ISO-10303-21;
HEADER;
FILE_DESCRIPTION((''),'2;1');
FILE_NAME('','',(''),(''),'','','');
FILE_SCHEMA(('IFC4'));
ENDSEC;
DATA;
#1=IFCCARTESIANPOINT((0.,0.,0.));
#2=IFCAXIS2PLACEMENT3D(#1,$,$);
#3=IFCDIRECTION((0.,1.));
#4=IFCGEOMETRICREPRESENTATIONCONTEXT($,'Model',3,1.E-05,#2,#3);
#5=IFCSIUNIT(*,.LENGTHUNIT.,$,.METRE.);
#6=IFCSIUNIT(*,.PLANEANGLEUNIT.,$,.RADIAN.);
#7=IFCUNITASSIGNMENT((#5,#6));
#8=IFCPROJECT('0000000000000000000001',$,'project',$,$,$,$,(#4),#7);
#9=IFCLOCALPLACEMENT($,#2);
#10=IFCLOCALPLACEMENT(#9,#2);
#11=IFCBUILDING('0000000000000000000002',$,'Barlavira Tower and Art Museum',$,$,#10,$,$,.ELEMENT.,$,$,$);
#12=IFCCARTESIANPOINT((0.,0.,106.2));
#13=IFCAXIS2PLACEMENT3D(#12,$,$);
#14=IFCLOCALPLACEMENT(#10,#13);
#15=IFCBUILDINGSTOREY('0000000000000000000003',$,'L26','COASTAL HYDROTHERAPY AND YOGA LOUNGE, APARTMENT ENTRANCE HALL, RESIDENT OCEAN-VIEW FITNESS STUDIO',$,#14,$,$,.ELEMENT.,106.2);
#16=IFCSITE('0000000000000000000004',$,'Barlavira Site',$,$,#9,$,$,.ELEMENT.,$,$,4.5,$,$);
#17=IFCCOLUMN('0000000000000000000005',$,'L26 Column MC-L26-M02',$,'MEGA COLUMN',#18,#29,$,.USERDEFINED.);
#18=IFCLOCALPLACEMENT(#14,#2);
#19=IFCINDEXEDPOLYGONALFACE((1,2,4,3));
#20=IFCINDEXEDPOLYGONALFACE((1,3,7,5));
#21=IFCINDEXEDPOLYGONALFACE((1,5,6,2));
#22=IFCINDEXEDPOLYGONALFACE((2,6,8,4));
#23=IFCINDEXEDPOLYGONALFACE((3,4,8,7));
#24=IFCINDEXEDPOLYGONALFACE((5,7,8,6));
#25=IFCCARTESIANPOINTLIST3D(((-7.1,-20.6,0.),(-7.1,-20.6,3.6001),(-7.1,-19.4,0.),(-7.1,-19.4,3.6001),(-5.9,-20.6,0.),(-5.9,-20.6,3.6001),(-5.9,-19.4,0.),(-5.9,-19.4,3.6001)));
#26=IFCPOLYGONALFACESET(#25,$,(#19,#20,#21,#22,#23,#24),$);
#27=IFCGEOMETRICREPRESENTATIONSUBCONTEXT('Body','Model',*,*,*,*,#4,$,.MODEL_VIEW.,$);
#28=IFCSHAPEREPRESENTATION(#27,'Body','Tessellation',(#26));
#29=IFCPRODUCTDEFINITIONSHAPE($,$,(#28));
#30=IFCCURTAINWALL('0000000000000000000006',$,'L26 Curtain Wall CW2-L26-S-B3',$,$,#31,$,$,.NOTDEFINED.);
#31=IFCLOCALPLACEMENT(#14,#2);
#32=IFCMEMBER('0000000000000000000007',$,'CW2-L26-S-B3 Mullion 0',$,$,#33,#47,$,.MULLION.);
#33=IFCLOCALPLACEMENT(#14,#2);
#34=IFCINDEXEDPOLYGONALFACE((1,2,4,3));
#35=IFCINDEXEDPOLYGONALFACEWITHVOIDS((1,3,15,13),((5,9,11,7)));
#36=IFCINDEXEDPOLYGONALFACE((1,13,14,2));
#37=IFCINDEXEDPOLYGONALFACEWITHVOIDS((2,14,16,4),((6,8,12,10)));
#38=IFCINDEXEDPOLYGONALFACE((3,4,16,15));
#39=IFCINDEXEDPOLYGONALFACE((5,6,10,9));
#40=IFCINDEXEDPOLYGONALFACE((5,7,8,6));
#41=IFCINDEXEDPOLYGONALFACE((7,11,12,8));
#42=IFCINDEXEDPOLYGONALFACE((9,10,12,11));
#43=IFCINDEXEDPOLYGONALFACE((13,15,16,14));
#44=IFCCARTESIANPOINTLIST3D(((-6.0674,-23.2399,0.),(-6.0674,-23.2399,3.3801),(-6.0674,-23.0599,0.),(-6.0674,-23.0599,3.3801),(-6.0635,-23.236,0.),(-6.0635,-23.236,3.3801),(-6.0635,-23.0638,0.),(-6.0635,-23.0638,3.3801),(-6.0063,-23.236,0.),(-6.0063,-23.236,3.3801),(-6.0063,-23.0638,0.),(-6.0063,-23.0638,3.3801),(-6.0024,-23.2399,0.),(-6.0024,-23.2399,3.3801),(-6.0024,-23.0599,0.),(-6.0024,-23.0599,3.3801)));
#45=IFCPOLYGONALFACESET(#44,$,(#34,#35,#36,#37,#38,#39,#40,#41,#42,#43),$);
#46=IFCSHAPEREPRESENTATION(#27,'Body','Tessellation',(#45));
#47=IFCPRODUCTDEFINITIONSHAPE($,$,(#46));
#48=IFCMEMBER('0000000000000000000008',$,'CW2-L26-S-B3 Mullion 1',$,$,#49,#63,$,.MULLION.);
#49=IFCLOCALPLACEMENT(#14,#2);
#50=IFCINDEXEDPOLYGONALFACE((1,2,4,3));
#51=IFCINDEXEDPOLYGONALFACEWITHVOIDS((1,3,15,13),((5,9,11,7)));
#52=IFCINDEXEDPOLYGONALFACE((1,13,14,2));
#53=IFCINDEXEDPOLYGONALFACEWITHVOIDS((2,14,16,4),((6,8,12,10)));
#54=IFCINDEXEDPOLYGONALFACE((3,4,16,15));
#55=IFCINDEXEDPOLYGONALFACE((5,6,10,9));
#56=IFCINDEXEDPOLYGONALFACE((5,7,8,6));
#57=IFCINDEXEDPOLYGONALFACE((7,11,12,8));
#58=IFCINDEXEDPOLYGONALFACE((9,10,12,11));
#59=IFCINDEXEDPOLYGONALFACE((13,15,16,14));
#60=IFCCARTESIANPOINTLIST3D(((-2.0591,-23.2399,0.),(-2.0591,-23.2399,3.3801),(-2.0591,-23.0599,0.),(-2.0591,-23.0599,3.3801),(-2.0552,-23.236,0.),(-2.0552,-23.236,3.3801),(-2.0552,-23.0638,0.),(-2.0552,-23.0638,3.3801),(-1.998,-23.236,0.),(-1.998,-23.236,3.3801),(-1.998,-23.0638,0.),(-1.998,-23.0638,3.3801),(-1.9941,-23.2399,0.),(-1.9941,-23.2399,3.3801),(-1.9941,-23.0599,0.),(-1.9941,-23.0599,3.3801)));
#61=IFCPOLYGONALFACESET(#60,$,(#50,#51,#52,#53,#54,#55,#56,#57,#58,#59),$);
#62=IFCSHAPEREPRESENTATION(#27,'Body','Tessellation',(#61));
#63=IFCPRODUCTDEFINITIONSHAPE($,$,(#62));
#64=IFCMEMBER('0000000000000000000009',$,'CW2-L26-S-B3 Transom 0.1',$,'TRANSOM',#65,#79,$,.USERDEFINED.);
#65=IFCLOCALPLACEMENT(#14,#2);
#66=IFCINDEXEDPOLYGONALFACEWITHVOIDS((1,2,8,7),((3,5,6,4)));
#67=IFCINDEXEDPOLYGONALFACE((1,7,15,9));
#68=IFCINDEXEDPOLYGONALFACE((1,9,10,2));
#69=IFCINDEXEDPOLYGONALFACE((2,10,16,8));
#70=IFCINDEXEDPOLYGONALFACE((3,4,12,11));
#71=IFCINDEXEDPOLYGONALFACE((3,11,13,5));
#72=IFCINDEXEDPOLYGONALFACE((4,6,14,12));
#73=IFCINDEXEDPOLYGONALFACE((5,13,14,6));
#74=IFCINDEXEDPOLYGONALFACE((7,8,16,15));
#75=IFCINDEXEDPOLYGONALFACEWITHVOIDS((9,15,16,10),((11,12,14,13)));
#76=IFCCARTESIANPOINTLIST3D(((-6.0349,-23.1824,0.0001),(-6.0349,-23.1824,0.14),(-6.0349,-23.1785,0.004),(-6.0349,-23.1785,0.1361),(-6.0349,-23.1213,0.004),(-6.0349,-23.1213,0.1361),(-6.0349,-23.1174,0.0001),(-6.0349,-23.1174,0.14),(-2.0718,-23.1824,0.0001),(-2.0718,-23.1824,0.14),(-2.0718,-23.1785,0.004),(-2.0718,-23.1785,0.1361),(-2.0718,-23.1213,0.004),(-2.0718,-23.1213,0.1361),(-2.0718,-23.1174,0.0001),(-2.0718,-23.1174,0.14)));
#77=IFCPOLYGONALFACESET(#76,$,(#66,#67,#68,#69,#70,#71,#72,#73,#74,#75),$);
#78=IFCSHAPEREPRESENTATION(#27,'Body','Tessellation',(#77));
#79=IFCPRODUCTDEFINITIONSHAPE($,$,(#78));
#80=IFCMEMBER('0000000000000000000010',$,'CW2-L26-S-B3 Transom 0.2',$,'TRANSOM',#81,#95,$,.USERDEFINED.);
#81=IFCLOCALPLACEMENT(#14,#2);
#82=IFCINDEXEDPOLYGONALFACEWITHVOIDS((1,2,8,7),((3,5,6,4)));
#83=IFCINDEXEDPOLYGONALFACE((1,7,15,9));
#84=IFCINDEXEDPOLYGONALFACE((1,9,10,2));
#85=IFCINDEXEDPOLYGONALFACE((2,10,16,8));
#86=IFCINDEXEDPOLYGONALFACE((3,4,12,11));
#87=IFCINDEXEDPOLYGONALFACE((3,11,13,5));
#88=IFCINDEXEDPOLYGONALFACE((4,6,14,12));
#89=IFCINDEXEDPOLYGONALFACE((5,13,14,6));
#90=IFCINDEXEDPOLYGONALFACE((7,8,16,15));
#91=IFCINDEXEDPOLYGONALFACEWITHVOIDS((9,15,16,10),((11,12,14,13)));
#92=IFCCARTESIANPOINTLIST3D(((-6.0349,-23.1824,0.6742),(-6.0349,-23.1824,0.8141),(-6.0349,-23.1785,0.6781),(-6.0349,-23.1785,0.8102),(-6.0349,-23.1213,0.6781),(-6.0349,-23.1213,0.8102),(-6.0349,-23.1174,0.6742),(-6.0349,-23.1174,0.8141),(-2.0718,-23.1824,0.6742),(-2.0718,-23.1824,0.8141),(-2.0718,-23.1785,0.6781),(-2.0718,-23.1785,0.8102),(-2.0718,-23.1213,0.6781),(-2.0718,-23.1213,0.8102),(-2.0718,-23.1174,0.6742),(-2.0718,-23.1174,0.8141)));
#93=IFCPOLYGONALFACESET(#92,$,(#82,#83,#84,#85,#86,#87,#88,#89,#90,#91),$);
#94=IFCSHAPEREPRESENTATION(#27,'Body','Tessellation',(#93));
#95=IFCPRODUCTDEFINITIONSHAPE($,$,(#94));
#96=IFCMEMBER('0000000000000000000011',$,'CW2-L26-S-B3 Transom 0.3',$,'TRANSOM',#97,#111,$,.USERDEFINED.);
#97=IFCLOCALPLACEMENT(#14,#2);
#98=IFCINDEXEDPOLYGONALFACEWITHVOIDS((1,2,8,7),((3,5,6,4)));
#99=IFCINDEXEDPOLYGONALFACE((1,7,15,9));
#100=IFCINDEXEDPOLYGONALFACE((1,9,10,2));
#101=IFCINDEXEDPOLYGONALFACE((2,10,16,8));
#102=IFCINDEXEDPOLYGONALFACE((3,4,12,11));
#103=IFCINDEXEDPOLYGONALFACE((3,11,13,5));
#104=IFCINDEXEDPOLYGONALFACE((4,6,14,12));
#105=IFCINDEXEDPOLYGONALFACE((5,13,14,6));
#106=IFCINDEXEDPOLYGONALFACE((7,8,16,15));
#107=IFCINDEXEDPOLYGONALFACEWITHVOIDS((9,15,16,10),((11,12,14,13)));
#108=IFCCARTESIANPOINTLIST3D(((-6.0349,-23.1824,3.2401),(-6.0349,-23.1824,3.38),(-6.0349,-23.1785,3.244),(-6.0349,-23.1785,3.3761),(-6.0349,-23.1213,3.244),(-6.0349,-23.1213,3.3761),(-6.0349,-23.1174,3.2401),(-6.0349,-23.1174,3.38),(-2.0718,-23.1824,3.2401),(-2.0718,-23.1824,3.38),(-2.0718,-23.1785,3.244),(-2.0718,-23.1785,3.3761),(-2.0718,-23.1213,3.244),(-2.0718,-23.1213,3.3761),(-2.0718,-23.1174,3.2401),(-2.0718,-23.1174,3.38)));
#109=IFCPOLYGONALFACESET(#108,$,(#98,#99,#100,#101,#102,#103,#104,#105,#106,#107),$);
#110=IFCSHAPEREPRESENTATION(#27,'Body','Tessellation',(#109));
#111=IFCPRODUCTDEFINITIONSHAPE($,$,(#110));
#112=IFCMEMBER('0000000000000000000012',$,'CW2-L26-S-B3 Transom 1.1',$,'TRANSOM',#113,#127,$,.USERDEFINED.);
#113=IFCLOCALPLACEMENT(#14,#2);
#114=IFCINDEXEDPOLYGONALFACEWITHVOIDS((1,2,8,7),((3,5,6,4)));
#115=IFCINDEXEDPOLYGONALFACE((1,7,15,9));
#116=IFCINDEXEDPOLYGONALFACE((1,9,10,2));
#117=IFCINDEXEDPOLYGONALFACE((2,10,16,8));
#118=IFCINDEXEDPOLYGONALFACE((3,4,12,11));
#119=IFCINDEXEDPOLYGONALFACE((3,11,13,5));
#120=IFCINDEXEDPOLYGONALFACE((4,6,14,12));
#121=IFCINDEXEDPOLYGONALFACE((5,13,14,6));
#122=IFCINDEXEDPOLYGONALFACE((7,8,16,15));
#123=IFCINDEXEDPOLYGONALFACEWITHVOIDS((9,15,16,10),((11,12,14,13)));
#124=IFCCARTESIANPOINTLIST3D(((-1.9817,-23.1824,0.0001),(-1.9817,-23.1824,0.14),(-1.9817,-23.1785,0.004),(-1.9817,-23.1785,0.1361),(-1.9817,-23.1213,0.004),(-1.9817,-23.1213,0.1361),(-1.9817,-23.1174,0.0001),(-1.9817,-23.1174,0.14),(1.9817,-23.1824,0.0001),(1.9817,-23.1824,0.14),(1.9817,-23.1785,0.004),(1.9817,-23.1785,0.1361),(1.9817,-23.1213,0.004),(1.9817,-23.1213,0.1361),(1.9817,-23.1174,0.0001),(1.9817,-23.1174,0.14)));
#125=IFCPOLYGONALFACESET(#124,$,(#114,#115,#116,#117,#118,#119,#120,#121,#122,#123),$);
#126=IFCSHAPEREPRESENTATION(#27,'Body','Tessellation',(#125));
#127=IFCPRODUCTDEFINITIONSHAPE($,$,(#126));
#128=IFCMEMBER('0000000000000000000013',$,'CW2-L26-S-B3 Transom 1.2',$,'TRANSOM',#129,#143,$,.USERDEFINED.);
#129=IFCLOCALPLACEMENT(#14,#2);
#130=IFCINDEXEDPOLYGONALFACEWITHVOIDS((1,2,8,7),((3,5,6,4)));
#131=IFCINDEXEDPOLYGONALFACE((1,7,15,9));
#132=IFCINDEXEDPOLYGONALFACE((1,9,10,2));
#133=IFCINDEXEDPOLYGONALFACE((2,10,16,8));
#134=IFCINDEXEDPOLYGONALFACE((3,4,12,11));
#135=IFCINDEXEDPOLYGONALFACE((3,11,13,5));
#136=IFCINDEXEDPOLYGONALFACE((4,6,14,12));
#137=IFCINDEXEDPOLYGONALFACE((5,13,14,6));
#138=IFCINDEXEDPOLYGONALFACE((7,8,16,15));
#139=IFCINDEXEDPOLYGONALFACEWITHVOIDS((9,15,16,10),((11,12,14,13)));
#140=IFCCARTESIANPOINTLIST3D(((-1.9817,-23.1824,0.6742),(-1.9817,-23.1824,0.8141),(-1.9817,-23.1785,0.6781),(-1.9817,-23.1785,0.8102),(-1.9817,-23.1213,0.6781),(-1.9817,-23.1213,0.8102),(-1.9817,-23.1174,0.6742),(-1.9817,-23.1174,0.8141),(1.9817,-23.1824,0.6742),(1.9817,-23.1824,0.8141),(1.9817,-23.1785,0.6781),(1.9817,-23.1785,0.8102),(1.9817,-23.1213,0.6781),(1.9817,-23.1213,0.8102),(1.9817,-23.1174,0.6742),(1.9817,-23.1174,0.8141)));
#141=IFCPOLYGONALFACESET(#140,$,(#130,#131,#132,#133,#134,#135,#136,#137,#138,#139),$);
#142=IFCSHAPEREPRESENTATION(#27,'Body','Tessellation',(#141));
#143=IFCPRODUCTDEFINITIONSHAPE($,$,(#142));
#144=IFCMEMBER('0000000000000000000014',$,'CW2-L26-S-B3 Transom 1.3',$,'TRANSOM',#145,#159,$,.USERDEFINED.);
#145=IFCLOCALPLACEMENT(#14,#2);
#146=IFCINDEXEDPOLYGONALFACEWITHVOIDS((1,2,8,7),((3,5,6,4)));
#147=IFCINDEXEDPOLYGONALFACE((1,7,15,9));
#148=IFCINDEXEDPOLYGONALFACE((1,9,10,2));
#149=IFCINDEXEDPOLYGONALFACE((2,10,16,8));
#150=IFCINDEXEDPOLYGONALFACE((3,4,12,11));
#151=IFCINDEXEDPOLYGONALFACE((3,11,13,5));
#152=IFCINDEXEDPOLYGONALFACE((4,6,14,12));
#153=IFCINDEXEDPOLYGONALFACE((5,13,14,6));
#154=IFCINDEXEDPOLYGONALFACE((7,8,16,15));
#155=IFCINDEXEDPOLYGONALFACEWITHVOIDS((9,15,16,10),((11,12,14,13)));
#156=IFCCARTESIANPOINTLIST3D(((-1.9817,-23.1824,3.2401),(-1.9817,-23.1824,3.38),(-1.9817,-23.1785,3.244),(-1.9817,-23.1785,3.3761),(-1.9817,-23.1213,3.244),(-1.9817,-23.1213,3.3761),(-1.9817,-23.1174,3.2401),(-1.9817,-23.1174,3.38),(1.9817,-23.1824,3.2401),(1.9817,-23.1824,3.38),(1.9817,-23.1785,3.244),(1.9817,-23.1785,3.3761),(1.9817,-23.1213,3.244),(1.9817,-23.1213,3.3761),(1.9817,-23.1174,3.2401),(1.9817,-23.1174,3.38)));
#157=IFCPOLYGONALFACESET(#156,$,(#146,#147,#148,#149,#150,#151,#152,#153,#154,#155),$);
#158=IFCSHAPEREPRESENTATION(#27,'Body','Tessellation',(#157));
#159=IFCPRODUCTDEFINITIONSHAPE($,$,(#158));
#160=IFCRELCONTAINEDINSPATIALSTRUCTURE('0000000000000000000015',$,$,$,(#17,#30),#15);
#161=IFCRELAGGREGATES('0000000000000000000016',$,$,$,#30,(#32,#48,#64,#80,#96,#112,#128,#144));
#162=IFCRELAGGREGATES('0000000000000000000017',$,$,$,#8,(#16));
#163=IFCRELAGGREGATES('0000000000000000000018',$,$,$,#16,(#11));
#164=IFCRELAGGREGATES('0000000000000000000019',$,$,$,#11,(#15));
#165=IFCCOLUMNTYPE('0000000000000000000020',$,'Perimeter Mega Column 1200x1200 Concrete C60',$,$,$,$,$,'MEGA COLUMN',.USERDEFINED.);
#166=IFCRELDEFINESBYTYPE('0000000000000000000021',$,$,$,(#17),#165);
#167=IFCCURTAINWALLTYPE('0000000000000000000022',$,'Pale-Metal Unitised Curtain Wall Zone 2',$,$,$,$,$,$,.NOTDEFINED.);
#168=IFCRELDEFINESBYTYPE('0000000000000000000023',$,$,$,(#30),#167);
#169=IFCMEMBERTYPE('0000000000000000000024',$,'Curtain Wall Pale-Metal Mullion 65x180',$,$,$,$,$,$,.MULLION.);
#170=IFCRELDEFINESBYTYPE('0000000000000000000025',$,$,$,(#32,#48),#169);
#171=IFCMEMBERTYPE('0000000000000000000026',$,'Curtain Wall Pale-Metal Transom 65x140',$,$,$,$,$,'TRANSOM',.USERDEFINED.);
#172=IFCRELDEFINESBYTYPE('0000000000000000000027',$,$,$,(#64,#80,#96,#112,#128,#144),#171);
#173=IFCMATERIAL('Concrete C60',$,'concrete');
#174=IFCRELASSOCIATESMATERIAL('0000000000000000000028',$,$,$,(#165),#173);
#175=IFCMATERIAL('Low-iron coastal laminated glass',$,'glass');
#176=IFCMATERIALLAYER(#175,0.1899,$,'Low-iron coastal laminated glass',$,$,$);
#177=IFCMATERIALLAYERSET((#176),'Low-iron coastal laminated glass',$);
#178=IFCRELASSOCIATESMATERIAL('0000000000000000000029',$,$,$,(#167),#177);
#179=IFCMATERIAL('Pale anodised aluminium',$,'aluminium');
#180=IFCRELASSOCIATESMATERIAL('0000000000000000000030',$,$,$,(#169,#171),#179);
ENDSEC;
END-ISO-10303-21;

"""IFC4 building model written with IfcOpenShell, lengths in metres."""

from ifc_helpers import new_model, si_unit, direction, frame, origin, origin_2d, place, context, subcontext, project, spatial, rectangle, hollow_rectangle, extrude, material, layer, layer_set, material_profile, profile_set, type_object, element, aggregate, save


model = new_model("IFC4")

# Units and contexts
model_context = context("Model", 3, precision=1e-05, world=origin(), true_north=direction((0.0, 1.0)))
body_context = subcontext(model_context, "Body", "Model", "MODEL_VIEW")
ifc_project = project(units=[si_unit("LENGTHUNIT", "METRE"), si_unit("PLANEANGLEUNIT", "RADIAN")], contexts=[model_context])

# Site, building, storey
site_placement = place(None, origin())
site = spatial("IfcSite", under=ifc_project, at=site_placement, Name="Barlavira Site", CompositionType="ELEMENT", RefElevation=4.5)
building_placement = place(site_placement, origin())
building = spatial("IfcBuilding", under=site, at=building_placement, Name="Barlavira Tower and Art Museum", CompositionType="ELEMENT")
storey_placement = place(building_placement, frame((0.0, 0.0, 106.2)))
storey = spatial("IfcBuildingStorey", under=building, at=storey_placement, Name="L26", Description="COASTAL HYDROTHERAPY AND YOGA LOUNGE, APARTMENT ENTRANCE HALL, RESIDENT OCEAN-VIEW FITNESS STUDIO", CompositionType="ELEMENT", Elevation=106.2)

# Column
ifc_material_1 = material(Name="Concrete C60", Category="concrete")
ifc_material_profile_1 = material_profile(ifc_material_1, rectangle(XDim=1.2, YDim=1.2, at=origin_2d()), Name="RC-COL 1200x1200")
ifc_profile_set_1 = profile_set([ifc_material_profile_1], Name="Concrete C60")
column_type = type_object("IfcColumnType", Name="Perimeter Mega Column 1200x1200 Concrete C60", ElementType="MEGA COLUMN", PredefinedType="USERDEFINED", material=ifc_profile_set_1)
column_placement = place(storey_placement, frame((-6.5, -20.0, 0.0), z_axis=(0.0, 0.0, 1.0), x_axis=(1.0, 0.0, 0.0)))
element("IfcColumn", 1, at=column_placement, inside=storey, type_object=column_type, Name="L26 Column MC-L26-M02", ObjectType="MEGA COLUMN", PredefinedType="USERDEFINED", context=body_context, shape_type="SweptSolid", body=[
    extrude(rectangle(XDim=1.2, YDim=1.2, at=origin_2d()), origin(), (0.0, 0.0, 1.0), 3.6001),
])

# Curtain wall, members
ifc_material_2 = material(Name="Low-iron coastal laminated glass", Category="glass")
ifc_layer_1 = layer(ifc_material_2, 0.1899, Name="Low-iron coastal laminated glass")
ifc_layer_set_1 = layer_set([ifc_layer_1], Name="Low-iron coastal laminated glass")
curtain_wall_type = type_object("IfcCurtainWallType", Name="Pale-Metal Unitised Curtain Wall Zone 2", PredefinedType="NOTDEFINED", material=ifc_layer_set_1)
curtain_wall_placement = place(storey_placement, origin())
curtain_wall = element("IfcCurtainWall", 2, at=curtain_wall_placement, inside=storey, type_object=curtain_wall_type, Name="L26 Curtain Wall CW2-L26-S-B3", PredefinedType="NOTDEFINED")
ifc_material_3 = material(Name="Pale anodised aluminium", Category="aluminium")
ifc_material_profile_2 = material_profile(ifc_material_3, hollow_rectangle(XDim=0.0649, YDim=0.1799, WallThickness=0.0039, at=origin_2d()), Name="ALU-MULL 65x180x4")
ifc_profile_set_2 = profile_set([ifc_material_profile_2], Name="Pale anodised aluminium")
member_type_1 = type_object("IfcMemberType", Name="Curtain Wall Pale-Metal Mullion 65x180", PredefinedType="MULLION", material=ifc_profile_set_2)
member_1_placement = place(storey_placement, frame((-6.0349, -23.1499, 0.0), z_axis=(0.0, 0.0, 1.0), x_axis=(1.0, 0.0, 0.0)))
member_1 = element("IfcMember", 3, at=member_1_placement, type_object=member_type_1, Name="CW2-L26-S-B3 Mullion 0", PredefinedType="MULLION", context=body_context, shape_type="SweptSolid", body=[
    extrude(hollow_rectangle(XDim=0.0649, YDim=0.1799, WallThickness=0.0039, at=origin_2d()), origin(), (0.0, 0.0, 1.0), 3.3801),
])
member_2_placement = place(storey_placement, frame((-2.0266, -23.1499, 0.0), z_axis=(0.0, 0.0, 1.0), x_axis=(1.0, 0.0, 0.0)))
member_2 = element("IfcMember", 4, at=member_2_placement, type_object=member_type_1, Name="CW2-L26-S-B3 Mullion 1", PredefinedType="MULLION", context=body_context, shape_type="SweptSolid", body=[
    extrude(hollow_rectangle(XDim=0.0649, YDim=0.1799, WallThickness=0.0039, at=origin_2d()), origin(), (0.0, 0.0, 1.0), 3.3801),
])
ifc_material_profile_3 = material_profile(ifc_material_3, hollow_rectangle(XDim=0.0649, YDim=0.1399, WallThickness=0.0039, at=origin_2d()), Name="ALU-TRAN 65x140x4")
ifc_profile_set_3 = profile_set([ifc_material_profile_3], Name="Pale anodised aluminium")
member_type_2 = type_object("IfcMemberType", Name="Curtain Wall Pale-Metal Transom 65x140", ElementType="TRANSOM", PredefinedType="USERDEFINED", material=ifc_profile_set_3)
member_3_placement = place(storey_placement, frame((-6.0349, -23.1499, 0.0701), z_axis=(1.0, 0.0, 0.0), x_axis=(0.0, 1.0, 0.0)))
member_3 = element("IfcMember", 5, at=member_3_placement, type_object=member_type_2, Name="CW2-L26-S-B3 Transom 0.1", ObjectType="TRANSOM", PredefinedType="USERDEFINED", context=body_context, shape_type="SweptSolid", body=[
    extrude(hollow_rectangle(XDim=0.0649, YDim=0.1399, WallThickness=0.0039, at=origin_2d()), origin(), (0.0, 0.0, 1.0), 3.9631),
])
member_4_placement = place(storey_placement, frame((-6.0349, -23.1499, 0.7441), z_axis=(1.0, 0.0, 0.0), x_axis=(0.0, 1.0, 0.0)))
member_4 = element("IfcMember", 6, at=member_4_placement, type_object=member_type_2, Name="CW2-L26-S-B3 Transom 0.2", ObjectType="TRANSOM", PredefinedType="USERDEFINED", context=body_context, shape_type="SweptSolid", body=[
    extrude(hollow_rectangle(XDim=0.0649, YDim=0.1399, WallThickness=0.0039, at=origin_2d()), origin(), (0.0, 0.0, 1.0), 3.9631),
])
member_5_placement = place(storey_placement, frame((-6.0349, -23.1499, 3.3101), z_axis=(1.0, 0.0, 0.0), x_axis=(0.0, 1.0, 0.0)))
member_5 = element("IfcMember", 7, at=member_5_placement, type_object=member_type_2, Name="CW2-L26-S-B3 Transom 0.3", ObjectType="TRANSOM", PredefinedType="USERDEFINED", context=body_context, shape_type="SweptSolid", body=[
    extrude(hollow_rectangle(XDim=0.0649, YDim=0.1399, WallThickness=0.0039, at=origin_2d()), origin(), (0.0, 0.0, 1.0), 3.9631),
])
member_6_placement = place(storey_placement, frame((-1.9817, -23.1499, 0.0701), z_axis=(1.0, 0.0, 0.0), x_axis=(0.0, 1.0, 0.0)))
member_6 = element("IfcMember", 8, at=member_6_placement, type_object=member_type_2, Name="CW2-L26-S-B3 Transom 1.1", ObjectType="TRANSOM", PredefinedType="USERDEFINED", context=body_context, shape_type="SweptSolid", body=[
    extrude(hollow_rectangle(XDim=0.0649, YDim=0.1399, WallThickness=0.0039, at=origin_2d()), origin(), (0.0, 0.0, 1.0), 3.9634),
])
member_7_placement = place(storey_placement, frame((-1.9817, -23.1499, 0.7441), z_axis=(1.0, 0.0, 0.0), x_axis=(0.0, 1.0, 0.0)))
member_7 = element("IfcMember", 9, at=member_7_placement, type_object=member_type_2, Name="CW2-L26-S-B3 Transom 1.2", ObjectType="TRANSOM", PredefinedType="USERDEFINED", context=body_context, shape_type="SweptSolid", body=[
    extrude(hollow_rectangle(XDim=0.0649, YDim=0.1399, WallThickness=0.0039, at=origin_2d()), origin(), (0.0, 0.0, 1.0), 3.9634),
])
member_8_placement = place(storey_placement, frame((-1.9817, -23.1499, 3.3101), z_axis=(1.0, 0.0, 0.0), x_axis=(0.0, 1.0, 0.0)))
member_8 = element("IfcMember", 10, at=member_8_placement, type_object=member_type_2, Name="CW2-L26-S-B3 Transom 1.3", ObjectType="TRANSOM", PredefinedType="USERDEFINED", context=body_context, shape_type="SweptSolid", body=[
    extrude(hollow_rectangle(XDim=0.0649, YDim=0.1399, WallThickness=0.0039, at=origin_2d()), origin(), (0.0, 0.0, 1.0), 3.9634),
])

aggregate(curtain_wall, [member_1, member_2, member_3, member_4, member_5, member_6, member_7, member_8])

save(model, "model.ifc")
